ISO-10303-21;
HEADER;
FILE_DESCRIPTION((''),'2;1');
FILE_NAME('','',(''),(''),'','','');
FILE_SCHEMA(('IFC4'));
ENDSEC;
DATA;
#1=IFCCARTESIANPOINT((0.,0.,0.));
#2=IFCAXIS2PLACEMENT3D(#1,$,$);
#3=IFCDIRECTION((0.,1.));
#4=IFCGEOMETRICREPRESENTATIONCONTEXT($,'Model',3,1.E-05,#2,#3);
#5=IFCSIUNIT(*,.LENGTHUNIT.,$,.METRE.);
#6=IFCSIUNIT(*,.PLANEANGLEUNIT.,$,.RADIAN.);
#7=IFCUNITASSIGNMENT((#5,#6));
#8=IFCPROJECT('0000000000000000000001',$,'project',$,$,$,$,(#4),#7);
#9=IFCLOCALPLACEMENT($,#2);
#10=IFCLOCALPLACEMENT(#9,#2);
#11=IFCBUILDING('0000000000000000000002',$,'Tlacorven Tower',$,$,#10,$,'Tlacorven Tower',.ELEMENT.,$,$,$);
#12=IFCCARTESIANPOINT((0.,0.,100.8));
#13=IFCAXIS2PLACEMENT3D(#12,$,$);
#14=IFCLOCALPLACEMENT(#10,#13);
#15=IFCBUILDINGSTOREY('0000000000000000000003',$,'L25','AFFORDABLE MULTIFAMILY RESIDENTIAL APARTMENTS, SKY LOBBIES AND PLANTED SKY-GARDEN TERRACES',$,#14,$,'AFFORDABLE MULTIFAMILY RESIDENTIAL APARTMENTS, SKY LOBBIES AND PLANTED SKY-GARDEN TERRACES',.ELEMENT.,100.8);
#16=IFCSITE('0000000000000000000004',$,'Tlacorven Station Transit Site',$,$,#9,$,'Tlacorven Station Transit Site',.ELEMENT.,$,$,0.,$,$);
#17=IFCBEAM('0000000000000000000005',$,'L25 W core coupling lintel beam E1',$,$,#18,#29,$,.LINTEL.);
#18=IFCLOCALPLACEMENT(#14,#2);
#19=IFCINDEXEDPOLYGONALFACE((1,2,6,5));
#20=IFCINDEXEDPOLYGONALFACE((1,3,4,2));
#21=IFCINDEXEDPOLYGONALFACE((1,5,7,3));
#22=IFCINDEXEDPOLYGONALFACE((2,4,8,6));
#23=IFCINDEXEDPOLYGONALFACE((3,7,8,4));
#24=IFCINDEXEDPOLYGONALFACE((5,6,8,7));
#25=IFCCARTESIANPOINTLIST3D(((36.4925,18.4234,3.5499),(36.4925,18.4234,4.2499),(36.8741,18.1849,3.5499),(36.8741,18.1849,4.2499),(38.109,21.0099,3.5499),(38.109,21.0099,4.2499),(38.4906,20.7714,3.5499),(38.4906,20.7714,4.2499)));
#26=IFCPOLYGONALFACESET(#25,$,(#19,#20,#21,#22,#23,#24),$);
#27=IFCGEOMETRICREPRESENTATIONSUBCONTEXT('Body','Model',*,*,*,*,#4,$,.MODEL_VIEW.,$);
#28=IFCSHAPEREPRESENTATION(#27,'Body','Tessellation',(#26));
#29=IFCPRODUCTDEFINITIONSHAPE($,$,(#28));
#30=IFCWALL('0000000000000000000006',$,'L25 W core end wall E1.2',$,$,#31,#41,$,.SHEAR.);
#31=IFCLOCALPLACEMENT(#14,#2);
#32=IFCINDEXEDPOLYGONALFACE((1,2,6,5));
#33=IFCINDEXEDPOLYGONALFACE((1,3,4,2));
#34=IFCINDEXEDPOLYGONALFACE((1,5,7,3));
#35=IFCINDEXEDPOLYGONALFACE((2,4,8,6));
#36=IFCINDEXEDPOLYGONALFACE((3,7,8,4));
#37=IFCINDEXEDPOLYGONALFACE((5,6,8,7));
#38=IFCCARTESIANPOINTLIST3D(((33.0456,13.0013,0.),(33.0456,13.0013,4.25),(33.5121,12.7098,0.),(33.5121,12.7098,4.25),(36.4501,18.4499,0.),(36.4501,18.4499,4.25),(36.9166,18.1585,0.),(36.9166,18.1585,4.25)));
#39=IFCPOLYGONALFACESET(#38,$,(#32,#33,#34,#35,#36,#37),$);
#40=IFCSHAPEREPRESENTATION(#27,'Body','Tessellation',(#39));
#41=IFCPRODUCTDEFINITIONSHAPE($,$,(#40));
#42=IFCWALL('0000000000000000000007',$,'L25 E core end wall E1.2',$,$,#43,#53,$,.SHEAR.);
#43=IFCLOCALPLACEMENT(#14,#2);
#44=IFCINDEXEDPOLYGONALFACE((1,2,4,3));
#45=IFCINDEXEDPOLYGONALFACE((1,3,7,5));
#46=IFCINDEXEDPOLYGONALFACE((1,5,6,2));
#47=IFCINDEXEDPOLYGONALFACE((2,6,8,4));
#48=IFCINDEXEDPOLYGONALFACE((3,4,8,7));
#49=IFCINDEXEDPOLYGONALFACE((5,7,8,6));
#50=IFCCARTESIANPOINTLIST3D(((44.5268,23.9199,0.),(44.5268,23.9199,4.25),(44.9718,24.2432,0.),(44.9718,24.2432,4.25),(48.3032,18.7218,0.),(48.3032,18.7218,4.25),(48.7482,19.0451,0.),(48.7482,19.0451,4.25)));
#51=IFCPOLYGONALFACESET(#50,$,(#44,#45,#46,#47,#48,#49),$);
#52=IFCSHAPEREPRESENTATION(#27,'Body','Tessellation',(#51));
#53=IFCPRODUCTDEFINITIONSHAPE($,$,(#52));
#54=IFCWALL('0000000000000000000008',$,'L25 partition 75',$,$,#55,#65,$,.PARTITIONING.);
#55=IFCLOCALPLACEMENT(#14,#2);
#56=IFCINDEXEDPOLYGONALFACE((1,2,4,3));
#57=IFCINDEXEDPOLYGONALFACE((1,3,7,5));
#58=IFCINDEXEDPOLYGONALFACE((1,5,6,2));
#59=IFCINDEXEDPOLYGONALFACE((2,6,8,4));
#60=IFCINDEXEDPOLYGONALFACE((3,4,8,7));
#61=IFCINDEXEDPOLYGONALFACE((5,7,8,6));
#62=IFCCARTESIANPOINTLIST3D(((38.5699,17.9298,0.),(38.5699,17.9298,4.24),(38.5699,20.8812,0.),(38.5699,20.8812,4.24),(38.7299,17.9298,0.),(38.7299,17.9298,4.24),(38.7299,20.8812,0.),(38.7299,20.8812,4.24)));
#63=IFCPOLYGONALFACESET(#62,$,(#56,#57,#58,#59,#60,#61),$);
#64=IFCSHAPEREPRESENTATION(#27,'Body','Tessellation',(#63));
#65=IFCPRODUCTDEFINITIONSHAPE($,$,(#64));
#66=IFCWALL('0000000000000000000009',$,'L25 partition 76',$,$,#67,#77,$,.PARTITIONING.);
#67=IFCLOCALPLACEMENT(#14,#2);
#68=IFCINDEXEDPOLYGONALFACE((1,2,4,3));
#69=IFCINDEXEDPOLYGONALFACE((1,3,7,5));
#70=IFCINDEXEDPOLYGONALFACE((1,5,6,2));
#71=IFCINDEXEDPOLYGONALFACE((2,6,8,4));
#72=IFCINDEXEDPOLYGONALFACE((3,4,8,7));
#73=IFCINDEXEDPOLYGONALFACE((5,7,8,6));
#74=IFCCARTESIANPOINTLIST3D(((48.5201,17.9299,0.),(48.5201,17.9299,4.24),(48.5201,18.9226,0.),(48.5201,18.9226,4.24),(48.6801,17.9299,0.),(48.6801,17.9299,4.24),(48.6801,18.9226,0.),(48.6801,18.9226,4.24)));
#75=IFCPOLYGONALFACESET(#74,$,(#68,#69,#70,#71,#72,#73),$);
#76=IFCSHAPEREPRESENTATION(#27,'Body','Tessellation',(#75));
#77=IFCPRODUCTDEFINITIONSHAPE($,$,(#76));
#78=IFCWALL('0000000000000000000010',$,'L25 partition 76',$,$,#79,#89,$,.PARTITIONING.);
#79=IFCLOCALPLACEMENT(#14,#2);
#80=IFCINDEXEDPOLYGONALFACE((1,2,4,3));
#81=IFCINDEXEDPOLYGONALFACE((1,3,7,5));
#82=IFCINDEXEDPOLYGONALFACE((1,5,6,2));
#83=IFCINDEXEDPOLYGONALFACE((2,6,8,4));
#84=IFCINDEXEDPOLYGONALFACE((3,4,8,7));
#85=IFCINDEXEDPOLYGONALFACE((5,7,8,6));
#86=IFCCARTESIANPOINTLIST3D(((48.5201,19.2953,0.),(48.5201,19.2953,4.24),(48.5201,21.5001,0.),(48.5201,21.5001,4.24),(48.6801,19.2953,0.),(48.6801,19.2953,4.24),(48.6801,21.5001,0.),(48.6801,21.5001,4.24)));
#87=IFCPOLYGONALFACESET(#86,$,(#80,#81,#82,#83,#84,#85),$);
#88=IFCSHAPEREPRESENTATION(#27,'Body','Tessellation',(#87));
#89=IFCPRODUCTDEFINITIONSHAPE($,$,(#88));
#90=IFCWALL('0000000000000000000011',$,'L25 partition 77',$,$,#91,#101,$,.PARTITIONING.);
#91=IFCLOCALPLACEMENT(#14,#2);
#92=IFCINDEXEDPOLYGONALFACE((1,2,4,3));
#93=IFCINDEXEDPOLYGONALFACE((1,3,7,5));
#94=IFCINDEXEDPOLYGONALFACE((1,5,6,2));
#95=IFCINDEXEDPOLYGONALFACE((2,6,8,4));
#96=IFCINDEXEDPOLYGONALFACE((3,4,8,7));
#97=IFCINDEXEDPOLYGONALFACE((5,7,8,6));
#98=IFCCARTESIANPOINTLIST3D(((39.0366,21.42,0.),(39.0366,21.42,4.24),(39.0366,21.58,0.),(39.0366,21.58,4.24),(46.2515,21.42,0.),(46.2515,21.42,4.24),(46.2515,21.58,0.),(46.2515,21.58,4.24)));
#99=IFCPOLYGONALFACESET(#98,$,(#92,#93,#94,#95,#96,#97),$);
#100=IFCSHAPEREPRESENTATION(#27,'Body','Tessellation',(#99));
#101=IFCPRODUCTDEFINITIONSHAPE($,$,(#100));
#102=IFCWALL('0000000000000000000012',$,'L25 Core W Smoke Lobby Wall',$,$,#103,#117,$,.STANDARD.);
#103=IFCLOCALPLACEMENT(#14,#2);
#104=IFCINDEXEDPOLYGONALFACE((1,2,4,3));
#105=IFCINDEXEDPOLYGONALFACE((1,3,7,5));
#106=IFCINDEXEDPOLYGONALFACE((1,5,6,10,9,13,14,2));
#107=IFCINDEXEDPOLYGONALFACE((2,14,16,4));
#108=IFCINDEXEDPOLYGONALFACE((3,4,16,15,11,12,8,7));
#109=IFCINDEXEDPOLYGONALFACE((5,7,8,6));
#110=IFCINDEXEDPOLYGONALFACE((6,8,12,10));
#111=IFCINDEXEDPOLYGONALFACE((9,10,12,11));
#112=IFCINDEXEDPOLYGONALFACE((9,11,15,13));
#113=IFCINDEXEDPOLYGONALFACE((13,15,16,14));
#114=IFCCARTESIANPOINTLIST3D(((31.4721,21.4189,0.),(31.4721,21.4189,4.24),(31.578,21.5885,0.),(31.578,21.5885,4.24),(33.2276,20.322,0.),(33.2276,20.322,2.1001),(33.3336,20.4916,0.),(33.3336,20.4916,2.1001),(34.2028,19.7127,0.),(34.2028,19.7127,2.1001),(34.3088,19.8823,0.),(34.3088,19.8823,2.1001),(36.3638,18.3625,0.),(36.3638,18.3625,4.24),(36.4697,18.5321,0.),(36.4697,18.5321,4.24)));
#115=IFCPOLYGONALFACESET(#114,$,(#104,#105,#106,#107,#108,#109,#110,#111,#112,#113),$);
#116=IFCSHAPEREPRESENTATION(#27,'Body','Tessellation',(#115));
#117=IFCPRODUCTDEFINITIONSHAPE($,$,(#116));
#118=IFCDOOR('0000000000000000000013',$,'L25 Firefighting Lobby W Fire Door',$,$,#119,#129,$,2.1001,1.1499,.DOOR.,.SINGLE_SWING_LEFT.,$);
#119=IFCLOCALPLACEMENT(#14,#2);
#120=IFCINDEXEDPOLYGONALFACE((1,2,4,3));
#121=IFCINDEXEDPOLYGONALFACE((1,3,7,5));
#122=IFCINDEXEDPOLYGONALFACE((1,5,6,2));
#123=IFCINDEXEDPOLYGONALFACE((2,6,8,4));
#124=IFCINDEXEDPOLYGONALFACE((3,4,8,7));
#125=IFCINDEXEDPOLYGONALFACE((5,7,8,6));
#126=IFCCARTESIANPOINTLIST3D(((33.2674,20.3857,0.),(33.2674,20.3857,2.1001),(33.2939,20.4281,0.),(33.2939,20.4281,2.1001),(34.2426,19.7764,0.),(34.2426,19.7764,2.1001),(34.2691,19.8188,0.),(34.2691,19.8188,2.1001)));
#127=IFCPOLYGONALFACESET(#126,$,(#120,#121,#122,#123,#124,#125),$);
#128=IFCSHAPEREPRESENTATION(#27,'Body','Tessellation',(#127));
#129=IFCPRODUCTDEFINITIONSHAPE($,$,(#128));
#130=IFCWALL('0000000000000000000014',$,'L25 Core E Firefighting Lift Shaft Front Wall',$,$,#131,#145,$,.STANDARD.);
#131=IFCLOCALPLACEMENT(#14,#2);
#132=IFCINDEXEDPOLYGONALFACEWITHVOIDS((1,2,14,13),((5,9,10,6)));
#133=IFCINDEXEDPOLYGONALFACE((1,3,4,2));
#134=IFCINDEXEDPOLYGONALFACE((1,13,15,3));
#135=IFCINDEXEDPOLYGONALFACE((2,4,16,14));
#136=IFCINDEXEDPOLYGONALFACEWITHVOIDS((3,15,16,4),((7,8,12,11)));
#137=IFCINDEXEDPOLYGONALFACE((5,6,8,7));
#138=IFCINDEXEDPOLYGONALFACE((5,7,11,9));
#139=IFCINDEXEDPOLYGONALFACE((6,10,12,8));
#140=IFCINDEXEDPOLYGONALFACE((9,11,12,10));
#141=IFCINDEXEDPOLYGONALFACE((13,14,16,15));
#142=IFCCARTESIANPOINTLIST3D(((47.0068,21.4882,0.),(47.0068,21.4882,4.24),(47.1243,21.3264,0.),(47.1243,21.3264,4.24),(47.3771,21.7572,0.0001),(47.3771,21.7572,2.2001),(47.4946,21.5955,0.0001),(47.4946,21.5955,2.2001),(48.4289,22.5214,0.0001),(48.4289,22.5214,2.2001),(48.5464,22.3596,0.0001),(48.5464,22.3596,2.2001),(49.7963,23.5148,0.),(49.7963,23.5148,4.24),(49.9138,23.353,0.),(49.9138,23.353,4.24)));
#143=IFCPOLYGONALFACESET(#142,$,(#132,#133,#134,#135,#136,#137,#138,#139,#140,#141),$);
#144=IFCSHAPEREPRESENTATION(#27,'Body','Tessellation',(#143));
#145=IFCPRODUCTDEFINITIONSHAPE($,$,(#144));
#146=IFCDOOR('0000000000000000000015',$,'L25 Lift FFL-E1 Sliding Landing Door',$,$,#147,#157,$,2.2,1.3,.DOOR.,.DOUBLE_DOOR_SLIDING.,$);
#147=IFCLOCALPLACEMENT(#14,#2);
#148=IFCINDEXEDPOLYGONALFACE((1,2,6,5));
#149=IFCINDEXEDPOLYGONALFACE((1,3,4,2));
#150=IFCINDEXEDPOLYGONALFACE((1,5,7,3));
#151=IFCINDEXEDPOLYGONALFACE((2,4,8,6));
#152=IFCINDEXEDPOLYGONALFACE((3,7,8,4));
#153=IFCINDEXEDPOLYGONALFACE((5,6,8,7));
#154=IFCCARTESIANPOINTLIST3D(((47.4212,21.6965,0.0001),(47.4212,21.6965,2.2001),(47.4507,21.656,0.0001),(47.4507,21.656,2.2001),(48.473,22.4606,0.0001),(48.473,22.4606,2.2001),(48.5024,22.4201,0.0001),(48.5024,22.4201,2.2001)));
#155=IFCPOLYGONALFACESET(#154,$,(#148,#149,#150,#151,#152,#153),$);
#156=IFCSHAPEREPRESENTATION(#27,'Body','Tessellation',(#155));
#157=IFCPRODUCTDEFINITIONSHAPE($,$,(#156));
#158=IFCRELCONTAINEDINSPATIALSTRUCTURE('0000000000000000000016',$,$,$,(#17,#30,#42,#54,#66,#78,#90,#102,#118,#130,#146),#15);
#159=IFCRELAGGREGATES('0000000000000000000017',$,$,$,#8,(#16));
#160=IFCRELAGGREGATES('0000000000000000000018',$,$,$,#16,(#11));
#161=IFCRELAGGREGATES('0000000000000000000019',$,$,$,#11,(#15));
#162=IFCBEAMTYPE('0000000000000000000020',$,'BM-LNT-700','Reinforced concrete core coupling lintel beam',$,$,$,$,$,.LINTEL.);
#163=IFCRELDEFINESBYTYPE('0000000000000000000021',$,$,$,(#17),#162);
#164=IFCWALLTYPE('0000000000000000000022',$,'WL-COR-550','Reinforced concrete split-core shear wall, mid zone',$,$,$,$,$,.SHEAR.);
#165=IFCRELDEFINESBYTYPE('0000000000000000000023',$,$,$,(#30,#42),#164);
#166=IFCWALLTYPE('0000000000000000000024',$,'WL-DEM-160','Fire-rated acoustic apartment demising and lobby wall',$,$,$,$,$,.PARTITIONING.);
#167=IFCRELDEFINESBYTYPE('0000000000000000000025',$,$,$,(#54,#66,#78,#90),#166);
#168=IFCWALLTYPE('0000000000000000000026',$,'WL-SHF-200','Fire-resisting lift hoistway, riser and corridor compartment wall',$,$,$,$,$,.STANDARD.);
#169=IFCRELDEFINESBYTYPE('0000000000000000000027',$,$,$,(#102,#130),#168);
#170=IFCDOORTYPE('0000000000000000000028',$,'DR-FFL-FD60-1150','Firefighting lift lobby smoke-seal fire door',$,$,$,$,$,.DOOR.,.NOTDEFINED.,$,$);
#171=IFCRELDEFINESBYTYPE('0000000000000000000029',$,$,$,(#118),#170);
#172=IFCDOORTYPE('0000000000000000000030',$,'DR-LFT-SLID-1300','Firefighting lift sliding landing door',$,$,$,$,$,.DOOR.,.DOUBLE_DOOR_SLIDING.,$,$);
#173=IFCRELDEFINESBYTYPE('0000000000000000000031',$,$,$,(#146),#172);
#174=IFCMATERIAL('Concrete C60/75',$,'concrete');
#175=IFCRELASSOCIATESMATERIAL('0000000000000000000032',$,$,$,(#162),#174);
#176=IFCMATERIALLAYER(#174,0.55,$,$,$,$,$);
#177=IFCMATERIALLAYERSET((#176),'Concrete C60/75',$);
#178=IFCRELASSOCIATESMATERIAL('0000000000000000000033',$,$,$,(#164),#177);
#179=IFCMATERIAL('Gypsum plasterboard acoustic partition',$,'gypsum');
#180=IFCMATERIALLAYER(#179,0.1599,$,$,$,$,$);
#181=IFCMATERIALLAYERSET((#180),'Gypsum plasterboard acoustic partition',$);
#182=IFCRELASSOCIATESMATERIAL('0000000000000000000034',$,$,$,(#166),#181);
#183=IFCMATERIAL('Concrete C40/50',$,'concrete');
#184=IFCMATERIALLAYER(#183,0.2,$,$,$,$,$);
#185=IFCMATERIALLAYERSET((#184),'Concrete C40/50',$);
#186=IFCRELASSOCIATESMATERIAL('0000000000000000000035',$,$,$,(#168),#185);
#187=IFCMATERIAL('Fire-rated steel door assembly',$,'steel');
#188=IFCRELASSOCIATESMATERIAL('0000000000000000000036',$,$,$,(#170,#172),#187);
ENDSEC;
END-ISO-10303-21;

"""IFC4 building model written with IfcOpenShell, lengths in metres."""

from ifc_helpers import new_model, si_unit, direction, frame, frame_2d, origin, origin_2d, place, context, subcontext, project, spatial, rectangle, extrude, source, transform, mapped, material, layer, layer_set, material_profile, profile_set, type_object, element, fill, save


model = new_model("IFC4")

# Units and contexts
model_context = context("Model", 3, precision=1e-05, world=origin(), true_north=direction((0.0, 1.0)))
body_context = subcontext(model_context, "Body", "Model", "MODEL_VIEW")
ifc_project = project(units=[si_unit("LENGTHUNIT", "METRE"), si_unit("PLANEANGLEUNIT", "RADIAN")], contexts=[model_context])

# Site, building, storey
site_placement = place(None, origin())
site = spatial("IfcSite", under=ifc_project, at=site_placement, Name="Tlacorven Station Transit Site", LongName="Tlacorven Station Transit Site", CompositionType="ELEMENT", RefElevation=0.0)
building_placement = place(site_placement, origin())
building = spatial("IfcBuilding", under=site, at=building_placement, Name="Tlacorven Tower", LongName="Tlacorven Tower", CompositionType="ELEMENT")
storey_placement = place(building_placement, frame((0.0, 0.0, 100.8)))
storey = spatial("IfcBuildingStorey", under=building, at=storey_placement, Name="L25", Description="AFFORDABLE MULTIFAMILY RESIDENTIAL APARTMENTS, SKY LOBBIES AND PLANTED SKY-GARDEN TERRACES", LongName="AFFORDABLE MULTIFAMILY RESIDENTIAL APARTMENTS, SKY LOBBIES AND PLANTED SKY-GARDEN TERRACES", CompositionType="ELEMENT", Elevation=100.8)

# Beam
ifc_material_1 = material(Name="Concrete C60/75", Category="concrete")
ifc_material_profile = material_profile(ifc_material_1, rectangle(XDim=0.45, YDim=0.7, at=origin_2d()), Name="RC 450X700")
ifc_profile_set = profile_set([ifc_material_profile], Name="Concrete C60/75")
beam_type = type_object("IfcBeamType", Name="BM-LNT-700", Description="Reinforced concrete core coupling lintel beam", PredefinedType="LINTEL", material=ifc_profile_set)
shared_shape_1 = source(origin(), body_context, "Body", "SweptSolid", [
    extrude(rectangle(XDim=0.45, YDim=0.7, at=origin_2d()), origin(), (0.0, 0.0, 1.0), 3.05),
])
beam_placement = place(storey_placement, frame((38.2998, 20.8906, 3.8999), z_axis=(-0.529985, -0.848007, 0.0), x_axis=(0.848007, -0.529985, 0.0)))
element("IfcBeam", 1, at=beam_placement, inside=storey, type_object=beam_type, Name="L25 W core coupling lintel beam E1", PredefinedType="LINTEL", context=body_context, shape_type="MappedRepresentation", body=[
    mapped(shared_shape_1, transform((0.0, 0.0, 0.0), scale=1.0)),
])

# Walls
ifc_layer_1 = layer(ifc_material_1, 0.55)
ifc_layer_set_1 = layer_set([ifc_layer_1], Name="Concrete C60/75")
wall_type_1 = type_object("IfcWallType", Name="WL-COR-550", Description="Reinforced concrete split-core shear wall, mid zone", PredefinedType="SHEAR", material=ifc_layer_set_1)
wall_1_placement = place(storey_placement, frame((36.6833, 18.3042, 0.0), z_axis=(0.0, 0.0, 1.0), x_axis=(-0.529896, -0.848062, 0.0)))
element("IfcWall", 2, at=wall_1_placement, inside=storey, type_object=wall_type_1, Name="L25 W core end wall E1.2", PredefinedType="SHEAR", context=body_context, shape_type="SweptSolid", body=[
    extrude(rectangle(XDim=6.4248, YDim=0.55, at=frame_2d((3.2124, 0.0))), origin(), (0.0, 0.0, 1.0), 4.25),
])
wall_2_placement = place(storey_placement, frame((48.5256, 18.8835, 0.0), z_axis=(0.0, 0.0, 1.0), x_axis=(-0.587765, 0.809032, 0.0)))
element("IfcWall", 3, at=wall_2_placement, inside=storey, type_object=wall_type_1, Name="L25 E core end wall E1.2", PredefinedType="SHEAR", context=body_context, shape_type="SweptSolid", body=[
    extrude(rectangle(XDim=6.425, YDim=0.55, at=frame_2d((3.2124, 0.0))), origin(), (0.0, 0.0, 1.0), 4.25),
])
ifc_material_2 = material(Name="Gypsum plasterboard acoustic partition", Category="gypsum")
ifc_layer_2 = layer(ifc_material_2, 0.1599)
ifc_layer_set_2 = layer_set([ifc_layer_2], Name="Gypsum plasterboard acoustic partition")
wall_type_2 = type_object("IfcWallType", Name="WL-DEM-160", Description="Fire-rated acoustic apartment demising and lobby wall", PredefinedType="PARTITIONING", material=ifc_layer_set_2)
wall_3_placement = place(storey_placement, frame((38.6499, 17.9299, 0.0), z_axis=(0.0, 0.0, 1.0), x_axis=(0.0, 1.0, 0.0)))
element("IfcWall", 4, at=wall_3_placement, inside=storey, type_object=wall_type_2, Name="L25 partition 75", PredefinedType="PARTITIONING", context=body_context, shape_type="SweptSolid", body=[
    extrude(rectangle(XDim=2.9514, YDim=0.1599, at=frame_2d((1.4756, 0.0))), origin(), (0.0, 0.0, 1.0), 4.24),
])
wall_4_placement = place(storey_placement, frame((48.6001, 17.9299, 0.0), z_axis=(0.0, 0.0, 1.0), x_axis=(0.0, 1.0, 0.0)))
element("IfcWall", 5, at=wall_4_placement, inside=storey, type_object=wall_type_2, Name="L25 partition 76", PredefinedType="PARTITIONING", context=body_context, shape_type="SweptSolid", body=[
    extrude(rectangle(XDim=0.9927, YDim=0.1599, at=frame_2d((0.4963, 0.0))), origin(), (0.0, 0.0, 1.0), 4.24),
])
wall_5_placement = place(storey_placement, frame((48.6001, 19.2952, 0.0), z_axis=(0.0, 0.0, 1.0), x_axis=(0.0, 1.0, 0.0)))
element("IfcWall", 6, at=wall_5_placement, inside=storey, type_object=wall_type_2, Name="L25 partition 76", PredefinedType="PARTITIONING", context=body_context, shape_type="SweptSolid", body=[
    extrude(rectangle(XDim=2.2048, YDim=0.1599, at=frame_2d((1.1025, 0.0))), origin(), (0.0, 0.0, 1.0), 4.24),
])
wall_6_placement = place(storey_placement, frame((39.0366, 21.5, 0.0), z_axis=(0.0, 0.0, 1.0), x_axis=(1.0, 0.0, 0.0)))
element("IfcWall", 7, at=wall_6_placement, inside=storey, type_object=wall_type_2, Name="L25 partition 77", PredefinedType="PARTITIONING", context=body_context, shape_type="SweptSolid", body=[
    extrude(rectangle(XDim=7.2148, YDim=0.1599, at=frame_2d((3.6074, 0.0))), origin(), (0.0, 0.0, 1.0), 4.24),
])

# Walls, openings, doors
ifc_material_3 = material(Name="Concrete C40/50", Category="concrete")
ifc_layer_3 = layer(ifc_material_3, 0.2)
ifc_layer_set_3 = layer_set([ifc_layer_3], Name="Concrete C40/50")
wall_type_3 = type_object("IfcWallType", Name="WL-SHF-200", Description="Fire-resisting lift hoistway, riser and corridor compartment wall", PredefinedType="STANDARD", material=ifc_layer_set_3)
wall_7_placement = place(storey_placement, frame((36.4167, 18.4473, 0.0), z_axis=(0.0, 0.0, 1.0), x_axis=(-0.848065, 0.529892, 0.0)))
wall_7 = element("IfcWall", 8, at=wall_7_placement, inside=storey, type_object=wall_type_3, Name="L25 Core W Smoke Lobby Wall", PredefinedType="STANDARD", context=body_context, shape_type="SweptSolid", body=[
    extrude(rectangle(XDim=5.7681, YDim=0.2, at=frame_2d((2.884, 0.0))), origin(), (0.0, 0.0, 1.0), 4.24),
])
opening_1_placement = place(wall_7_placement, frame((2.5481, 0.0, 0.0)))
opening_1 = element("IfcOpeningElement", 9, at=opening_1_placement, cuts=wall_7, PredefinedType="OPENING", context=body_context, shape_type="SweptSolid", body=[
    extrude(rectangle(XDim=1.1499, YDim=2.1001, at=frame_2d((0.575, 1.05))), frame((0.0, 0.1099, 0.0), z_axis=(0.0, -1.0, 0.0), x_axis=(1.0, 0.0, 0.0)), (0.0, 0.0, 1.0), 0.22),
])
ifc_material_4 = material(Name="Fire-rated steel door assembly", Category="steel")
door_type_1 = type_object("IfcDoorType", Name="DR-FFL-FD60-1150", Description="Firefighting lift lobby smoke-seal fire door", OperationType="NOTDEFINED", PredefinedType="DOOR", material=ifc_material_4)
shared_shape_2 = source(origin(), body_context, "Body", "SweptSolid", [
    extrude(rectangle(XDim=1.1499, YDim=2.1001, at=frame_2d((0.575, 1.05))), frame((0.0, 0.0249, 0.0), z_axis=(0.0, -1.0, 0.0), x_axis=(1.0, 0.0, 0.0)), (0.0, 0.0, 1.0), 0.05),
])
door_1_placement = place(opening_1_placement, origin())
door_1 = element("IfcDoor", 10, at=door_1_placement, inside=storey, type_object=door_type_1, Name="L25 Firefighting Lobby W Fire Door", OperationType="SINGLE_SWING_LEFT", OverallHeight=2.1001, OverallWidth=1.1499, PredefinedType="DOOR", context=body_context, shape_type="MappedRepresentation", body=[
    mapped(shared_shape_2, transform((0.0, 0.0, 0.0), scale=1.0)),
])
fill(opening_1, door_1)
wall_8_placement = place(storey_placement, frame((47.0654, 21.4072, 0.0), z_axis=(0.0, 0.0, 1.0), x_axis=(0.809033, 0.587763, 0.0)))
wall_8 = element("IfcWall", 11, at=wall_8_placement, inside=storey, type_object=wall_type_3, Name="L25 Core E Firefighting Lift Shaft Front Wall", PredefinedType="STANDARD", context=body_context, shape_type="SweptSolid", body=[
    extrude(rectangle(XDim=3.448, YDim=0.2, at=frame_2d((1.7241, 0.0))), origin(), (0.0, 0.0, 1.0), 4.24),
])
opening_2_placement = place(wall_8_placement, frame((0.458, 0.0, 0.0)))
opening_2 = element("IfcOpeningElement", 12, at=opening_2_placement, cuts=wall_8, PredefinedType="OPENING", context=body_context, shape_type="SweptSolid", body=[
    extrude(rectangle(XDim=1.3, YDim=2.2, at=frame_2d((0.6499, 1.1001))), frame((0.0, 0.1099, 0.0), z_axis=(0.0, -1.0, 0.0), x_axis=(1.0, 0.0, 0.0)), (0.0, 0.0, 1.0), 0.22),
])
door_type_2 = type_object("IfcDoorType", Name="DR-LFT-SLID-1300", Description="Firefighting lift sliding landing door", OperationType="DOUBLE_DOOR_SLIDING", PredefinedType="DOOR", material=ifc_material_4)
shared_shape_3 = source(origin(), body_context, "Body", "SweptSolid", [
    extrude(rectangle(XDim=1.3, YDim=2.2, at=frame_2d((0.6499, 1.1001))), frame((0.0, 0.0249, 0.0), z_axis=(0.0, -1.0, 0.0), x_axis=(1.0, 0.0, 0.0)), (0.0, 0.0, 1.0), 0.05),
])
door_2_placement = place(opening_2_placement, origin())
door_2 = element("IfcDoor", 13, at=door_2_placement, inside=storey, type_object=door_type_2, Name="L25 Lift FFL-E1 Sliding Landing Door", OperationType="DOUBLE_DOOR_SLIDING", OverallHeight=2.2, OverallWidth=1.3, PredefinedType="DOOR", context=body_context, shape_type="MappedRepresentation", body=[
    mapped(shared_shape_3, transform((0.0, 0.0, 0.0), scale=1.0)),
])
fill(opening_2, door_2)

save(model, "model.ifc")
